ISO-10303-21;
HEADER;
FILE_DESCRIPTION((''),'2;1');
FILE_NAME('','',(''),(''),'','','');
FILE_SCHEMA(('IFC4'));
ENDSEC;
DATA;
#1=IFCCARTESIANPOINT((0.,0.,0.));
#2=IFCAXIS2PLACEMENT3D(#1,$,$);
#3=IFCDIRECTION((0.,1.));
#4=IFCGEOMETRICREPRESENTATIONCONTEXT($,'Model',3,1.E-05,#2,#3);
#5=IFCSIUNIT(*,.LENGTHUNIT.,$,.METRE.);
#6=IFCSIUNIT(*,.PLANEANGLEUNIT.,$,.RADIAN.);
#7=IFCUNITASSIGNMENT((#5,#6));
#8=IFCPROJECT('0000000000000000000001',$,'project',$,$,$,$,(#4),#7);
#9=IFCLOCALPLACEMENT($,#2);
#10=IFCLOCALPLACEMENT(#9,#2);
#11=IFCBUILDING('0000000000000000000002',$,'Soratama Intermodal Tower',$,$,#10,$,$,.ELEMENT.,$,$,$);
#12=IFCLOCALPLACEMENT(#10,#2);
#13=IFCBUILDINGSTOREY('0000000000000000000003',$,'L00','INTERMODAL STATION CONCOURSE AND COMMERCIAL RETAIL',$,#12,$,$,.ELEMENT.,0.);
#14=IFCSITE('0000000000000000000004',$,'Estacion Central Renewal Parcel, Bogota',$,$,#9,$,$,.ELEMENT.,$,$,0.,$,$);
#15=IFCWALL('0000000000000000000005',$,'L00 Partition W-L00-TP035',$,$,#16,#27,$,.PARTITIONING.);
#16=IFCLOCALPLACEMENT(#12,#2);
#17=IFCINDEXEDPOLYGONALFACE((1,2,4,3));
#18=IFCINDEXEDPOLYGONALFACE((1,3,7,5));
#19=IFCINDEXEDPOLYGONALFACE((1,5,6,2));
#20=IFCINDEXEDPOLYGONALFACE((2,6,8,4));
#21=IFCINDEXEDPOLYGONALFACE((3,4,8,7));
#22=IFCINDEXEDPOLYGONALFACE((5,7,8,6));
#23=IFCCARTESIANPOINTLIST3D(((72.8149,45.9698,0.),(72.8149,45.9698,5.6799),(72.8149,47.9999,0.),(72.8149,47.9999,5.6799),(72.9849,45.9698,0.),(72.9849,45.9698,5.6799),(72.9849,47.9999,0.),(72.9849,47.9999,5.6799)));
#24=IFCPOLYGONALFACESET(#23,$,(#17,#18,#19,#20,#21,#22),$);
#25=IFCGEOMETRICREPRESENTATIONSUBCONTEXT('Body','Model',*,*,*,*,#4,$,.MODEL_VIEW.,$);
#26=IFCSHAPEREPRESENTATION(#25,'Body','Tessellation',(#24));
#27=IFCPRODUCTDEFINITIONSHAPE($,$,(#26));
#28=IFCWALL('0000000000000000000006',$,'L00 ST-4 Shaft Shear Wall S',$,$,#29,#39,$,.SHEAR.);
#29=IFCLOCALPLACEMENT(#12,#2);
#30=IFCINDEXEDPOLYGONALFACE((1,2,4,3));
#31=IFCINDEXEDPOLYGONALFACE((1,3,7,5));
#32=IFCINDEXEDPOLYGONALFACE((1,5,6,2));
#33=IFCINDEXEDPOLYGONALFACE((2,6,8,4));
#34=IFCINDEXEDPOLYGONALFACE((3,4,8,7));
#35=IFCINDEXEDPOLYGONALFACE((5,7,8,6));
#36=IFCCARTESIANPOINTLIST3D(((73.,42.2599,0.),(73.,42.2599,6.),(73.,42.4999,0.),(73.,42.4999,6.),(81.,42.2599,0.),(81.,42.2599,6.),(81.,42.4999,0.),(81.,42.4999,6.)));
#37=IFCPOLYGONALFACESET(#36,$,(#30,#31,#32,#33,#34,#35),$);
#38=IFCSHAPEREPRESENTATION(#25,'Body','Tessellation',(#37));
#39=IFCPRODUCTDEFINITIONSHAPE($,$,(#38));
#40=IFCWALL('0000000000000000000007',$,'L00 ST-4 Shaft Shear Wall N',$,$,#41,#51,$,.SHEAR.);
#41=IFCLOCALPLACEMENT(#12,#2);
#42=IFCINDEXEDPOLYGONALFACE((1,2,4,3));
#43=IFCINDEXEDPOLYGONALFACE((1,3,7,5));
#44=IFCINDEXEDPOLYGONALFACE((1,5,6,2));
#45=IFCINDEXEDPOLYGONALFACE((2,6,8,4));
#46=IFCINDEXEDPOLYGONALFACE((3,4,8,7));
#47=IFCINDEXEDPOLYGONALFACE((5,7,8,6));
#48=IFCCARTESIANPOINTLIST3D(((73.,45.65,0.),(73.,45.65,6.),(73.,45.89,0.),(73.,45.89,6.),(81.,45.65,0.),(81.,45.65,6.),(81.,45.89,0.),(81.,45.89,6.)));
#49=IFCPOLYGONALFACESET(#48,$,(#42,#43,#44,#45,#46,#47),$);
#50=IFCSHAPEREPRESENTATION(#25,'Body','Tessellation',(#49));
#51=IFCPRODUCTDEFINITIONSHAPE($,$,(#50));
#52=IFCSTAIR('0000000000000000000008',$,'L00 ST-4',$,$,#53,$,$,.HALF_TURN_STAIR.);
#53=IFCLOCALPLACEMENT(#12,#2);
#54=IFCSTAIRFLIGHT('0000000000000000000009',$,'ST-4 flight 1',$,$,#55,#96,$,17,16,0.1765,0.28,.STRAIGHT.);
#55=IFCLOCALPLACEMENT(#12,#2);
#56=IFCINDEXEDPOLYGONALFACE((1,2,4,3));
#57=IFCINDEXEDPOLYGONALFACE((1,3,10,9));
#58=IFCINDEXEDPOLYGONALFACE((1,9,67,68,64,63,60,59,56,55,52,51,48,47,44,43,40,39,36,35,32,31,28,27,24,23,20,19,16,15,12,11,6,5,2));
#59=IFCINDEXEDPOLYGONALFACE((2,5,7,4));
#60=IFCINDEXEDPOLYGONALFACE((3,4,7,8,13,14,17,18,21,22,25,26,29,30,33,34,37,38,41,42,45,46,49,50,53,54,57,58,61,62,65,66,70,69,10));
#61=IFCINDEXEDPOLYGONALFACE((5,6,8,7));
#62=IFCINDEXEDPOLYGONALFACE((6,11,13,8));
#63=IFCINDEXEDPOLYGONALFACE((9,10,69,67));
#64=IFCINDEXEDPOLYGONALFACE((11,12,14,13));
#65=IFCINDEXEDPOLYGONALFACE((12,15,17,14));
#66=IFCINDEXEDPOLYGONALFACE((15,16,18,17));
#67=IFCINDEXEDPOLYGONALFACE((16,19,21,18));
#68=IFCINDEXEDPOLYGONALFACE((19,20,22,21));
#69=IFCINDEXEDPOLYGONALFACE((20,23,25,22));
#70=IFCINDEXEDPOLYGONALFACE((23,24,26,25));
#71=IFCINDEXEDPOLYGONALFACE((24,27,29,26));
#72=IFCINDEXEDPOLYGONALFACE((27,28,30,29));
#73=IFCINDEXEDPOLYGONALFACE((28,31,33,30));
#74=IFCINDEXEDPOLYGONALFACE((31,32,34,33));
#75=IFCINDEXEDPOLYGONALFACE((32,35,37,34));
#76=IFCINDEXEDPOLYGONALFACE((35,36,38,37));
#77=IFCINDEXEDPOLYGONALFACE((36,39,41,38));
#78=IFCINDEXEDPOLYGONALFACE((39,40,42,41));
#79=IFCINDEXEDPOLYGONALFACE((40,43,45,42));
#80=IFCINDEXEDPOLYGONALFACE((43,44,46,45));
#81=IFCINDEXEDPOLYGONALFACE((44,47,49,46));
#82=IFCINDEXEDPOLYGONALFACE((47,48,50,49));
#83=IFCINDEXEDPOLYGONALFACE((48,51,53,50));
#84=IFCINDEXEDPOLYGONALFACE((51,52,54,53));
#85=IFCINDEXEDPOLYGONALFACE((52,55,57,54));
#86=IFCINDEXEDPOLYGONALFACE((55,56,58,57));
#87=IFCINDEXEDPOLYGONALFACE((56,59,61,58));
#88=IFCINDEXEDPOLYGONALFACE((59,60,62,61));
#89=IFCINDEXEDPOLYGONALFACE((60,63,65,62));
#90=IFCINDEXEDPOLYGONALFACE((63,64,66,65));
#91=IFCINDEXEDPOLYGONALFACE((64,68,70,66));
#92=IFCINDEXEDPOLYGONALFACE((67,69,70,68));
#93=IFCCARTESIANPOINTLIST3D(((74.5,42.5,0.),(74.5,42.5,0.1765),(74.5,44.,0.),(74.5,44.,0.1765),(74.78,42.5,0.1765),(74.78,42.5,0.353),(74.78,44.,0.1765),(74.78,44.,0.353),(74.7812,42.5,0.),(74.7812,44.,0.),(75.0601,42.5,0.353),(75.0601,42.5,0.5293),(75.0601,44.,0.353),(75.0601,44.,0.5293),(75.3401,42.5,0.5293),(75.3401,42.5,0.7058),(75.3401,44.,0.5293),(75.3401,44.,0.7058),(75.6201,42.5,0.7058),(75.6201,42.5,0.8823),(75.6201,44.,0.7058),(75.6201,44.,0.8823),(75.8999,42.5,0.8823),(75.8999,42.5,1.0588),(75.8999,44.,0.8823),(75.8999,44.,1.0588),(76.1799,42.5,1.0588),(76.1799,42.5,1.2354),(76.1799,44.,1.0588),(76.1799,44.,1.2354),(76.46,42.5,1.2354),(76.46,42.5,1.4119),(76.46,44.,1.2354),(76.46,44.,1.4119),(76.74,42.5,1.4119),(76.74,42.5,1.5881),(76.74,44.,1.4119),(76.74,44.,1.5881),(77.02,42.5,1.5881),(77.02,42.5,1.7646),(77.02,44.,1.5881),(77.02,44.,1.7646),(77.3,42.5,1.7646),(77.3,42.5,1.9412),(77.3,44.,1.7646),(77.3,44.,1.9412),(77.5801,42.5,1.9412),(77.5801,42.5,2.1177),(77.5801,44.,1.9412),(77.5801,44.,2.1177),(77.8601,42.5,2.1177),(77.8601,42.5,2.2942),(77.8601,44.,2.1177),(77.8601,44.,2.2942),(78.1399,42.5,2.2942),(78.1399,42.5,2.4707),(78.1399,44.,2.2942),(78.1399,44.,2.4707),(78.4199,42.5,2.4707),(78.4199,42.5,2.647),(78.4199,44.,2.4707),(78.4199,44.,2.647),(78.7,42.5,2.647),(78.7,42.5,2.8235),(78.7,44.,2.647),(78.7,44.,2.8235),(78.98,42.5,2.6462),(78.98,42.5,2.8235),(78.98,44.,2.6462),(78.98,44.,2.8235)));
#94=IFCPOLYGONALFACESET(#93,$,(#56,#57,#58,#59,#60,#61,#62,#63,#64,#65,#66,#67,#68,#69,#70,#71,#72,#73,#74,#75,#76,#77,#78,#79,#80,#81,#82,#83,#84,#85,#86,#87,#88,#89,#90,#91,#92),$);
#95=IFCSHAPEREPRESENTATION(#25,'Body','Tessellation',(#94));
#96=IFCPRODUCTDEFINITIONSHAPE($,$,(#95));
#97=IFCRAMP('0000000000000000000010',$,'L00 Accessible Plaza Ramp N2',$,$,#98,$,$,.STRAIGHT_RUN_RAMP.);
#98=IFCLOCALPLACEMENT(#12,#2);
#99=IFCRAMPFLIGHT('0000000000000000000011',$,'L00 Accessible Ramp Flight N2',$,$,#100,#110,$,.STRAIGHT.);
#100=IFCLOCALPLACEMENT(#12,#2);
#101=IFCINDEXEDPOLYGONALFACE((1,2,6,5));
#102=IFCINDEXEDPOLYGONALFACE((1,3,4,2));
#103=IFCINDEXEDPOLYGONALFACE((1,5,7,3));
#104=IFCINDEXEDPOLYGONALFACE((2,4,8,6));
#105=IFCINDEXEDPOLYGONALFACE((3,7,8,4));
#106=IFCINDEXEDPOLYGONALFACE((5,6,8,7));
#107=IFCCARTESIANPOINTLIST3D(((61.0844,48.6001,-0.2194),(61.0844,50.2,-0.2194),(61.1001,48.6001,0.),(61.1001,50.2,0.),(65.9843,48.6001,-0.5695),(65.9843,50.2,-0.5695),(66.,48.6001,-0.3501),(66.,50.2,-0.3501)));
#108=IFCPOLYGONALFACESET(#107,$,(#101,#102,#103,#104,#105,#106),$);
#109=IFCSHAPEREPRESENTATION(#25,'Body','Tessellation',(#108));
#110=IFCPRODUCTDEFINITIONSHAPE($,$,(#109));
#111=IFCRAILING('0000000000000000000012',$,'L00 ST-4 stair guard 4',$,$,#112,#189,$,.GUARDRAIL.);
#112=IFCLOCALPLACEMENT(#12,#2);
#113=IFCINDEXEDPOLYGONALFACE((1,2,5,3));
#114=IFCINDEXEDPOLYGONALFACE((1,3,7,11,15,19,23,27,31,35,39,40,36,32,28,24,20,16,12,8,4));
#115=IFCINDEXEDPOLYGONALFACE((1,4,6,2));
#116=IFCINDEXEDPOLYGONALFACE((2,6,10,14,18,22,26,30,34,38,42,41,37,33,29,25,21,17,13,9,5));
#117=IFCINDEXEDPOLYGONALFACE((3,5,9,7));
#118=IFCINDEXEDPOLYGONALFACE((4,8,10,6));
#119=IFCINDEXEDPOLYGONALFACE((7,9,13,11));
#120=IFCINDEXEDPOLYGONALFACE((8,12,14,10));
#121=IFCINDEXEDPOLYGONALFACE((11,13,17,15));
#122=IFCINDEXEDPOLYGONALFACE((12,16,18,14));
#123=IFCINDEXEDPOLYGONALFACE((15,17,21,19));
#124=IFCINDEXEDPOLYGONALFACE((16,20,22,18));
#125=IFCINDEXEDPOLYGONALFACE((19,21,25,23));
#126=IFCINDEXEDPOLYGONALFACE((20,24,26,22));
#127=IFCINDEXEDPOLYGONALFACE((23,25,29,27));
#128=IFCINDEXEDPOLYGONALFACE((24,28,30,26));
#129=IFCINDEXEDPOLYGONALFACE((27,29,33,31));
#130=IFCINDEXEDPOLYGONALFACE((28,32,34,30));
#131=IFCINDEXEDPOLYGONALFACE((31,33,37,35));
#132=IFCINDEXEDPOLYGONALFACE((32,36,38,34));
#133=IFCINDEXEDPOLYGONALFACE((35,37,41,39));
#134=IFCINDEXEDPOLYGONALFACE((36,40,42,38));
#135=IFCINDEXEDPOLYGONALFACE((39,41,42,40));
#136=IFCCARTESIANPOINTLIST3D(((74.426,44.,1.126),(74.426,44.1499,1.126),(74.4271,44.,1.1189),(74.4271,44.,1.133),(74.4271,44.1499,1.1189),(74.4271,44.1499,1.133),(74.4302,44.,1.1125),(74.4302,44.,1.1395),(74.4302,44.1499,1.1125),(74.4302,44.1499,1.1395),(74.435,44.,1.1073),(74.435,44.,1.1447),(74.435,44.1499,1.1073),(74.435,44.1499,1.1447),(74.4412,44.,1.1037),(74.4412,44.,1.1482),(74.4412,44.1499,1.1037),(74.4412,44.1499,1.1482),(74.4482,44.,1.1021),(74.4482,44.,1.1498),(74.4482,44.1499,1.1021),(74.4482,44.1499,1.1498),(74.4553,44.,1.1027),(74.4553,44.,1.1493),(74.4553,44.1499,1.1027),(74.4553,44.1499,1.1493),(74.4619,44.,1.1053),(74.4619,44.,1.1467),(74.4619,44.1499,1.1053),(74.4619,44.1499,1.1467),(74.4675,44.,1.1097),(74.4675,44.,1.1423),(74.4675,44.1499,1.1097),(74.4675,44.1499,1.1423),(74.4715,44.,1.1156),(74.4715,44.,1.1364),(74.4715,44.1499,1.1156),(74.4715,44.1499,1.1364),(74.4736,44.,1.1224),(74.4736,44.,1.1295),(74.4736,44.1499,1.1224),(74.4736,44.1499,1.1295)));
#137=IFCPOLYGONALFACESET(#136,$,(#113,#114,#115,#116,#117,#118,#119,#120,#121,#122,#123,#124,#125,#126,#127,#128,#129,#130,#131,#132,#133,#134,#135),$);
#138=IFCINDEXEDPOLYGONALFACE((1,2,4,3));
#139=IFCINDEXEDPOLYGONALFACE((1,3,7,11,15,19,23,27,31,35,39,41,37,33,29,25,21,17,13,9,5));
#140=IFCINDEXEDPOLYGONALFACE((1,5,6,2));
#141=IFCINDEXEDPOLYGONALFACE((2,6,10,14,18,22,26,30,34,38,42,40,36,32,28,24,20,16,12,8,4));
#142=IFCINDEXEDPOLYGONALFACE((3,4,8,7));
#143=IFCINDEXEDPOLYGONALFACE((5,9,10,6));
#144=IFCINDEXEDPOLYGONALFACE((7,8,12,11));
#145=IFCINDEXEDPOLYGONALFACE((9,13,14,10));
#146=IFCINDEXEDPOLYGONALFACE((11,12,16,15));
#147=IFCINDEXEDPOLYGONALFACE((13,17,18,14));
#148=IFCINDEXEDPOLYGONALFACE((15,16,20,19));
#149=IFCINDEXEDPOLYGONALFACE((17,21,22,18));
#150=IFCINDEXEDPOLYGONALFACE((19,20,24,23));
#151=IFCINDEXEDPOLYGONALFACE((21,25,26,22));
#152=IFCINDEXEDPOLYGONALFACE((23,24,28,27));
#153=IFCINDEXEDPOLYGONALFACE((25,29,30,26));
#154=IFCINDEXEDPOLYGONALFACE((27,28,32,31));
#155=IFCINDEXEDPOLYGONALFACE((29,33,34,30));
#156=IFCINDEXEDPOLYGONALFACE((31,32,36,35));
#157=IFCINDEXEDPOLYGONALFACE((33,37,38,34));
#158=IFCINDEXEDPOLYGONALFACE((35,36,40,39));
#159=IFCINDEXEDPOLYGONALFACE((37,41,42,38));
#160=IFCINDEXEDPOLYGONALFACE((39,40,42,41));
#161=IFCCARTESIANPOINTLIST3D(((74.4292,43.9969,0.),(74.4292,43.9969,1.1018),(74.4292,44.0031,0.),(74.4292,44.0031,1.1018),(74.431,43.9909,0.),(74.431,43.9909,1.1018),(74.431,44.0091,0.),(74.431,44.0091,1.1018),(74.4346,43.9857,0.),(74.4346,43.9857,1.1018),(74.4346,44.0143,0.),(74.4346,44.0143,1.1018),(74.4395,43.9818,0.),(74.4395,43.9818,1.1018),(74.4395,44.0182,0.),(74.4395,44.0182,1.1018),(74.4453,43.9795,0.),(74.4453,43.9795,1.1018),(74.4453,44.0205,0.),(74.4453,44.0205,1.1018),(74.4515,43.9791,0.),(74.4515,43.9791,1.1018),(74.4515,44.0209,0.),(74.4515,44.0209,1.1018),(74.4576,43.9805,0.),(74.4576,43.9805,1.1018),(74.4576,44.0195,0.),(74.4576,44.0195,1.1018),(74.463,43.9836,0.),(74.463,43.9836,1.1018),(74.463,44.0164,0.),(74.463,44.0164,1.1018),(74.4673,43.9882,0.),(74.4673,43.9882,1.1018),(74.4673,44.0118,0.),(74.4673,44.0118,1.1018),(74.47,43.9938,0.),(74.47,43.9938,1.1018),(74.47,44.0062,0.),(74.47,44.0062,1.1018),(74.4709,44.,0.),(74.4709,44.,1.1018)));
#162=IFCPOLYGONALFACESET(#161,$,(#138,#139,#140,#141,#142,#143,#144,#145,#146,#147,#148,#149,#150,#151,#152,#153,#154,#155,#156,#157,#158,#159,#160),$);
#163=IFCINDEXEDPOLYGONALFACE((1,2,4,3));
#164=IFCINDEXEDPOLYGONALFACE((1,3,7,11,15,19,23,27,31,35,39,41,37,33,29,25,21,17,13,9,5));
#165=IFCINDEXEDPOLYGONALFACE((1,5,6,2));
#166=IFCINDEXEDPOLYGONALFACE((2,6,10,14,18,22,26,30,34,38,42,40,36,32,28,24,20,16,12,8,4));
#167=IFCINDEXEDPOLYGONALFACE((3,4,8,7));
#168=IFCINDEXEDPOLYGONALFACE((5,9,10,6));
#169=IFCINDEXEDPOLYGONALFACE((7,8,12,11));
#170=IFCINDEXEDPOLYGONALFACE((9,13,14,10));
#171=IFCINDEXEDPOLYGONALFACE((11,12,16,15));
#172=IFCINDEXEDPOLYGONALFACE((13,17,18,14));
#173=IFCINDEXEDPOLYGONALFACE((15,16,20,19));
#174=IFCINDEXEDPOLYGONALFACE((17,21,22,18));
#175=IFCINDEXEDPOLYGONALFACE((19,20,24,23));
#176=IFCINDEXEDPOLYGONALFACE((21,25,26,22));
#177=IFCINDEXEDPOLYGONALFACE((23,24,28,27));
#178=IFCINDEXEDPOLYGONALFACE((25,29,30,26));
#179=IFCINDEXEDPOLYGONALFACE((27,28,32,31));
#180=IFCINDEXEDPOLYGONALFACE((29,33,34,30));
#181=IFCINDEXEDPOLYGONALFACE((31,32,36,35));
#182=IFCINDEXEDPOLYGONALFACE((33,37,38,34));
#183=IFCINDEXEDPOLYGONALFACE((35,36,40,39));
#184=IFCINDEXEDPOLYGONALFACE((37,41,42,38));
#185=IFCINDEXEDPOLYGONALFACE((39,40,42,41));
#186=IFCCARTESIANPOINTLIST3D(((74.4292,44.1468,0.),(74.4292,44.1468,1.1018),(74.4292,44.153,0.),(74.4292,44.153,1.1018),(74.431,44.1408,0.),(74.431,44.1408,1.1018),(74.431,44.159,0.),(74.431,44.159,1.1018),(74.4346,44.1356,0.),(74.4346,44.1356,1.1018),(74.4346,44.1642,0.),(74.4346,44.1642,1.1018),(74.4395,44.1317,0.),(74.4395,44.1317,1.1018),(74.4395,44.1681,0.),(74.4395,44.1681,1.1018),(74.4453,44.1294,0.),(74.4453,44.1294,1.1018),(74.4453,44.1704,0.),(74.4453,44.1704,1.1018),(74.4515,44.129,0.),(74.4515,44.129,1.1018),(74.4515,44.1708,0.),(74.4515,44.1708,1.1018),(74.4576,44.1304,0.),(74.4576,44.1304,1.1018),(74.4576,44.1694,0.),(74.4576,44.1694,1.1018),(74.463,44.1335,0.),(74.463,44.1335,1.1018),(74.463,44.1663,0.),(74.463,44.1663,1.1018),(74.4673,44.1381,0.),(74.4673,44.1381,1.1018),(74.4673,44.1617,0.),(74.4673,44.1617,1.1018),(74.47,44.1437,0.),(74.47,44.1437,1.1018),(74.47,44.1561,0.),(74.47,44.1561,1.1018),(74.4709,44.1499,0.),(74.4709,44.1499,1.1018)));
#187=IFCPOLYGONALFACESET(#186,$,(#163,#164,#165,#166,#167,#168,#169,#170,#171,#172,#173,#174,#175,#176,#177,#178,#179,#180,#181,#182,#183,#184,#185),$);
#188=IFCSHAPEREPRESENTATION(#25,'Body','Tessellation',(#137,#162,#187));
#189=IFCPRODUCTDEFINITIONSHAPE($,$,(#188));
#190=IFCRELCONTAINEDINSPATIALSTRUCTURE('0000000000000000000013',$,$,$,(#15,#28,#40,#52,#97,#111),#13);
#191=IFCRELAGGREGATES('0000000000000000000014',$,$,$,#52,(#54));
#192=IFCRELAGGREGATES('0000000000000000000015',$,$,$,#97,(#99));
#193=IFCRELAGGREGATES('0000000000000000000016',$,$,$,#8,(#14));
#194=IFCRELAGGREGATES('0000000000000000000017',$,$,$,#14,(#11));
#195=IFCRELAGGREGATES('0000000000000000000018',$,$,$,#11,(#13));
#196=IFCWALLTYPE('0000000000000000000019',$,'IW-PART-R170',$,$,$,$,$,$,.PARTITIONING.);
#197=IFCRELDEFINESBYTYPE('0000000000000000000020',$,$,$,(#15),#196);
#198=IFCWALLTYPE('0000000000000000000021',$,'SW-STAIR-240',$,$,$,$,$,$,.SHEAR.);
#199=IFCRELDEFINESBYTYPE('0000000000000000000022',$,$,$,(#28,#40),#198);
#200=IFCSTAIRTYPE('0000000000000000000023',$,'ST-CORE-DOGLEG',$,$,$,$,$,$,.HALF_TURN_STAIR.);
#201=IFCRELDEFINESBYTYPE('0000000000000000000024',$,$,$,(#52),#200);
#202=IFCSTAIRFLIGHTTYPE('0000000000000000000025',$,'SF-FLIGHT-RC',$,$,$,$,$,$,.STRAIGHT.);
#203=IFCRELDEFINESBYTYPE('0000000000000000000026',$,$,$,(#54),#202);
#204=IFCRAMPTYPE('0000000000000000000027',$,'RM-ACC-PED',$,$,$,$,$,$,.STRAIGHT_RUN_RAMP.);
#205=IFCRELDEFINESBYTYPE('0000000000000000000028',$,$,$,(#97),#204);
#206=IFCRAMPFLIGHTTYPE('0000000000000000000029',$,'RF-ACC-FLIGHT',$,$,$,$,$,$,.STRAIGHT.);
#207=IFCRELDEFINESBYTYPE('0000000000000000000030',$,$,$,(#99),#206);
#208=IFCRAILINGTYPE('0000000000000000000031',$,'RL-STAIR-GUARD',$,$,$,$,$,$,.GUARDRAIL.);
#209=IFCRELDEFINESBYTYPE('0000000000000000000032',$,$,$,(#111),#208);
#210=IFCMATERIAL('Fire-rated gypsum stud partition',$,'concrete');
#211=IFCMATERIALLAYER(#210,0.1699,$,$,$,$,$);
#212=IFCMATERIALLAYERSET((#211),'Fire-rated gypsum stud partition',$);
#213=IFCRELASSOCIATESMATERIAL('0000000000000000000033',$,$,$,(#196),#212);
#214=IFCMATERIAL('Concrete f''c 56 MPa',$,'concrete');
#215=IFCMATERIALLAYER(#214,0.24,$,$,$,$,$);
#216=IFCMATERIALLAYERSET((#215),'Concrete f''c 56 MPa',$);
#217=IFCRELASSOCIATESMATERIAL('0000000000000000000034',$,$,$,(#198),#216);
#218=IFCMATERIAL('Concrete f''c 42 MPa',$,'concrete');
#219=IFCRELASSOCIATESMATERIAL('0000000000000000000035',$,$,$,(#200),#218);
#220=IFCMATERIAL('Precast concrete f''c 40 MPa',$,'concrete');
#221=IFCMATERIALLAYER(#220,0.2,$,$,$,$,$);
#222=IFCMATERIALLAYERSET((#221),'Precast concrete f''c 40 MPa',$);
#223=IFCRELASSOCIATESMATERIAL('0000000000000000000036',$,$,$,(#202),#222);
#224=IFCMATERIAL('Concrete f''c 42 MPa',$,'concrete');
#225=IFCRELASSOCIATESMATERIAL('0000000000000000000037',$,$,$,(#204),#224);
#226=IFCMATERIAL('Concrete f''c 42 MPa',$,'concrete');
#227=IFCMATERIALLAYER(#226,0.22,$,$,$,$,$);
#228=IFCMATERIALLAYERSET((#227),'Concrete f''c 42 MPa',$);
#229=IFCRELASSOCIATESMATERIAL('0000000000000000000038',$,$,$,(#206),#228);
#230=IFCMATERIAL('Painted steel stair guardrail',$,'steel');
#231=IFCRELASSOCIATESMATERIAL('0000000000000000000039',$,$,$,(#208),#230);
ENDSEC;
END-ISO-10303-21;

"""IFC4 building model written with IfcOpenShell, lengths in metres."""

from ifc_helpers import new_model, si_unit, direction, frame, frame_2d, origin, origin_2d, place, context, subcontext, project, spatial, polyline, rectangle, circle, outline, extrude, material, layer, layer_set, type_object, element, aggregate, save


model = new_model("IFC4")

# Units and contexts
model_context = context("Model", 3, precision=1e-05, world=origin(), true_north=direction((0.0, 1.0)))
body_context = subcontext(model_context, "Body", "Model", "MODEL_VIEW")
ifc_project = project(units=[si_unit("LENGTHUNIT", "METRE"), si_unit("PLANEANGLEUNIT", "RADIAN")], contexts=[model_context])

# Site, building, storey
site_placement = place(None, origin())
site = spatial("IfcSite", under=ifc_project, at=site_placement, Name="Estacion Central Renewal Parcel, Bogota", CompositionType="ELEMENT", RefElevation=0.0)
building_placement = place(site_placement, origin())
building = spatial("IfcBuilding", under=site, at=building_placement, Name="Soratama Intermodal Tower", CompositionType="ELEMENT")
storey_placement = place(building_placement, origin())
storey = spatial("IfcBuildingStorey", under=building, at=storey_placement, Name="L00", Description="INTERMODAL STATION CONCOURSE AND COMMERCIAL RETAIL", CompositionType="ELEMENT", Elevation=0.0)

# Shared definitions
ifc_material_1 = material(Name="Fire-rated gypsum stud partition", Category="concrete")
ifc_layer_1 = layer(ifc_material_1, 0.1699)
ifc_layer_set_1 = layer_set([ifc_layer_1], Name="Fire-rated gypsum stud partition")
wall_type_1 = type_object("IfcWallType", Name="IW-PART-R170", PredefinedType="PARTITIONING", material=ifc_layer_set_1)

# Wall
wall_1_placement = place(storey_placement, frame((72.8999, 48.0, 0.0), z_axis=(0.0, 0.0, 1.0), x_axis=(0.0, -1.0, 0.0)))
element("IfcWall", 1, at=wall_1_placement, inside=storey, type_object=wall_type_1, Name="L00 Partition W-L00-TP035", PredefinedType="PARTITIONING", context=body_context, shape_type="SweptSolid", body=[
    extrude(rectangle(XDim=2.03, YDim=0.1699, at=frame_2d((1.0151, 0.0))), origin(), (0.0, 0.0, 1.0), 5.6799),
])

# Shared definitions
ifc_material_2 = material(Name="Concrete f'c 56 MPa", Category="concrete")
ifc_layer_2 = layer(ifc_material_2, 0.24)
ifc_layer_set_2 = layer_set([ifc_layer_2], Name="Concrete f'c 56 MPa")
wall_type_2 = type_object("IfcWallType", Name="SW-STAIR-240", PredefinedType="SHEAR", material=ifc_layer_set_2)

# Walls
for number, where, z_axis, x_axis, name in (
    (2, (73.0, 42.3799, 0.0), (0.0, 0.0, 1.0), (1.0, 0.0, 0.0), "L00 ST-4 Shaft Shear Wall S"),
    (3, (73.0, 45.77, 0.0), (0.0, 0.0, 1.0), (1.0, 0.0, 0.0), "L00 ST-4 Shaft Shear Wall N"),
):
    element("IfcWall", number, at=place(storey_placement, frame(where, z_axis=z_axis, x_axis=x_axis)), inside=storey, type_object=wall_type_2, Name=name, PredefinedType="SHEAR", context=body_context, shape_type="SweptSolid", body=[
        extrude(rectangle(XDim=8.0, YDim=0.24, at=frame_2d((4.0, 0.0))), origin(), (0.0, 0.0, 1.0), 6.0),
    ])

# Stair, stair flight
ifc_material_3 = material(Name="Concrete f'c 42 MPa", Category="concrete")
stair_type = type_object("IfcStairType", Name="ST-CORE-DOGLEG", PredefinedType="HALF_TURN_STAIR", material=ifc_material_3)
stair_placement = place(storey_placement, origin())
stair = element("IfcStair", 4, at=stair_placement, inside=storey, type_object=stair_type, Name="L00 ST-4", PredefinedType="HALF_TURN_STAIR")
ifc_material_4 = material(Name="Precast concrete f'c 40 MPa", Category="concrete")
ifc_layer_3 = layer(ifc_material_4, 0.2)
ifc_layer_set_3 = layer_set([ifc_layer_3], Name="Precast concrete f'c 40 MPa")
stair_flight_type = type_object("IfcStairFlightType", Name="SF-FLIGHT-RC", PredefinedType="STRAIGHT", material=ifc_layer_set_3)
stair_flight_placement = place(storey_placement, frame((74.5, 43.25, 0.0), z_axis=(0.0, 0.0, 1.0), x_axis=(1.0, 0.0, 0.0)))
stair_flight = element("IfcStairFlight", 5, at=stair_flight_placement, type_object=stair_flight_type, Name="ST-4 flight 1", NumberOfRisers=17, NumberOfTreads=16, PredefinedType="STRAIGHT", RiserHeight=0.1765, TreadLength=0.28, context=body_context, shape_type="SweptSolid", body=[
    extrude(outline(polyline([(0.0, 0.0), (0.0, 0.1765), (0.28, 0.1765), (0.28, 0.353), (0.5601, 0.353), (0.5601, 0.5293), (0.8401, 0.5293), (0.8401, 0.7058), (1.1201, 0.7058), (1.1201, 0.8823), (1.3999, 0.8823), (1.3999, 1.0588), (1.6799, 1.0588), (1.6799, 1.2354), (1.96, 1.2354), (1.96, 1.4119), (2.24, 1.4119), (2.24, 1.5881), (2.52, 1.5881), (2.52, 1.7646), (2.8, 1.7646), (2.8, 1.9412), (3.0801, 1.9412), (3.0801, 2.1177), (3.3601, 2.1177), (3.3601, 2.2942), (3.6399, 2.2942), (3.6399, 2.4707), (3.9199, 2.4707), (3.9199, 2.647), (4.2, 2.647), (4.2, 2.8235), (4.48, 2.8235), (4.48, 3.0), (4.48, 2.6462), (0.2812, 0.0), (0.0, 0.0)])), frame((0.0, 0.75, 0.0), z_axis=(0.0, -1.0, 0.0), x_axis=(1.0, 0.0, 0.0)), (0.0, 0.0, 1.0), 1.5),
])
aggregate(stair, [stair_flight])

# Ramp, ramp flight
ifc_material_5 = material(Name="Concrete f'c 42 MPa", Category="concrete")
ramp_type = type_object("IfcRampType", Name="RM-ACC-PED", PredefinedType="STRAIGHT_RUN_RAMP", material=ifc_material_5)
ramp_placement = place(storey_placement, origin())
ramp = element("IfcRamp", 6, at=ramp_placement, inside=storey, type_object=ramp_type, Name="L00 Accessible Plaza Ramp N2", PredefinedType="STRAIGHT_RUN_RAMP")
ifc_material_6 = material(Name="Concrete f'c 42 MPa", Category="concrete")
ifc_layer_4 = layer(ifc_material_6, 0.22)
ifc_layer_set_4 = layer_set([ifc_layer_4], Name="Concrete f'c 42 MPa")
ramp_flight_type = type_object("IfcRampFlightType", Name="RF-ACC-FLIGHT", PredefinedType="STRAIGHT", material=ifc_layer_set_4)
ramp_flight_placement = place(storey_placement, frame((66.0, 48.6001, -0.3501), z_axis=(0.071268, 0.0, 0.997457), x_axis=(0.0, 1.0, 0.0)))
ramp_flight = element("IfcRampFlight", 7, at=ramp_flight_placement, type_object=ramp_flight_type, Name="L00 Accessible Ramp Flight N2", PredefinedType="STRAIGHT", context=body_context, shape_type="SweptSolid", body=[
    extrude(outline(polyline([(0.0, 0.0), (1.5999, 0.0), (1.5999, 4.9124), (0.0, 4.9124), (0.0, 0.0)])), origin(), (0.0, 0.0, -1.0), 0.22),
])
aggregate(ramp, [ramp_flight])

# Railing
ifc_material_7 = material(Name="Painted steel stair guardrail", Category="steel")
railing_type_1 = type_object("IfcRailingType", Name="RL-STAIR-GUARD", PredefinedType="GUARDRAIL", material=ifc_material_7)
railing_1_placement = place(storey_placement, frame((74.45, 44.0, 0.0)))
element("IfcRailing", 8, at=railing_1_placement, inside=storey, type_object=railing_type_1, Name="L00 ST-4 stair guard 4", PredefinedType="GUARDRAIL", context=body_context, shape_type="SweptSolid", body=[
    extrude(circle(Radius=0.0239, at=origin_2d()), frame((0.0, 0.0, 1.126), z_axis=(0.0, 1.0, 0.0), x_axis=(-1.0, 0.0, 0.0)), (0.0, 0.0, 1.0), 0.1499),
    extrude(circle(Radius=0.021, at=origin_2d()), origin(), (0.0, 0.0, 1.0), 1.1018),
    extrude(circle(Radius=0.021, at=origin_2d()), frame((0.0, 0.1499, 0.0)), (0.0, 0.0, 1.0), 1.1018),
])

save(model, "model.ifc")
